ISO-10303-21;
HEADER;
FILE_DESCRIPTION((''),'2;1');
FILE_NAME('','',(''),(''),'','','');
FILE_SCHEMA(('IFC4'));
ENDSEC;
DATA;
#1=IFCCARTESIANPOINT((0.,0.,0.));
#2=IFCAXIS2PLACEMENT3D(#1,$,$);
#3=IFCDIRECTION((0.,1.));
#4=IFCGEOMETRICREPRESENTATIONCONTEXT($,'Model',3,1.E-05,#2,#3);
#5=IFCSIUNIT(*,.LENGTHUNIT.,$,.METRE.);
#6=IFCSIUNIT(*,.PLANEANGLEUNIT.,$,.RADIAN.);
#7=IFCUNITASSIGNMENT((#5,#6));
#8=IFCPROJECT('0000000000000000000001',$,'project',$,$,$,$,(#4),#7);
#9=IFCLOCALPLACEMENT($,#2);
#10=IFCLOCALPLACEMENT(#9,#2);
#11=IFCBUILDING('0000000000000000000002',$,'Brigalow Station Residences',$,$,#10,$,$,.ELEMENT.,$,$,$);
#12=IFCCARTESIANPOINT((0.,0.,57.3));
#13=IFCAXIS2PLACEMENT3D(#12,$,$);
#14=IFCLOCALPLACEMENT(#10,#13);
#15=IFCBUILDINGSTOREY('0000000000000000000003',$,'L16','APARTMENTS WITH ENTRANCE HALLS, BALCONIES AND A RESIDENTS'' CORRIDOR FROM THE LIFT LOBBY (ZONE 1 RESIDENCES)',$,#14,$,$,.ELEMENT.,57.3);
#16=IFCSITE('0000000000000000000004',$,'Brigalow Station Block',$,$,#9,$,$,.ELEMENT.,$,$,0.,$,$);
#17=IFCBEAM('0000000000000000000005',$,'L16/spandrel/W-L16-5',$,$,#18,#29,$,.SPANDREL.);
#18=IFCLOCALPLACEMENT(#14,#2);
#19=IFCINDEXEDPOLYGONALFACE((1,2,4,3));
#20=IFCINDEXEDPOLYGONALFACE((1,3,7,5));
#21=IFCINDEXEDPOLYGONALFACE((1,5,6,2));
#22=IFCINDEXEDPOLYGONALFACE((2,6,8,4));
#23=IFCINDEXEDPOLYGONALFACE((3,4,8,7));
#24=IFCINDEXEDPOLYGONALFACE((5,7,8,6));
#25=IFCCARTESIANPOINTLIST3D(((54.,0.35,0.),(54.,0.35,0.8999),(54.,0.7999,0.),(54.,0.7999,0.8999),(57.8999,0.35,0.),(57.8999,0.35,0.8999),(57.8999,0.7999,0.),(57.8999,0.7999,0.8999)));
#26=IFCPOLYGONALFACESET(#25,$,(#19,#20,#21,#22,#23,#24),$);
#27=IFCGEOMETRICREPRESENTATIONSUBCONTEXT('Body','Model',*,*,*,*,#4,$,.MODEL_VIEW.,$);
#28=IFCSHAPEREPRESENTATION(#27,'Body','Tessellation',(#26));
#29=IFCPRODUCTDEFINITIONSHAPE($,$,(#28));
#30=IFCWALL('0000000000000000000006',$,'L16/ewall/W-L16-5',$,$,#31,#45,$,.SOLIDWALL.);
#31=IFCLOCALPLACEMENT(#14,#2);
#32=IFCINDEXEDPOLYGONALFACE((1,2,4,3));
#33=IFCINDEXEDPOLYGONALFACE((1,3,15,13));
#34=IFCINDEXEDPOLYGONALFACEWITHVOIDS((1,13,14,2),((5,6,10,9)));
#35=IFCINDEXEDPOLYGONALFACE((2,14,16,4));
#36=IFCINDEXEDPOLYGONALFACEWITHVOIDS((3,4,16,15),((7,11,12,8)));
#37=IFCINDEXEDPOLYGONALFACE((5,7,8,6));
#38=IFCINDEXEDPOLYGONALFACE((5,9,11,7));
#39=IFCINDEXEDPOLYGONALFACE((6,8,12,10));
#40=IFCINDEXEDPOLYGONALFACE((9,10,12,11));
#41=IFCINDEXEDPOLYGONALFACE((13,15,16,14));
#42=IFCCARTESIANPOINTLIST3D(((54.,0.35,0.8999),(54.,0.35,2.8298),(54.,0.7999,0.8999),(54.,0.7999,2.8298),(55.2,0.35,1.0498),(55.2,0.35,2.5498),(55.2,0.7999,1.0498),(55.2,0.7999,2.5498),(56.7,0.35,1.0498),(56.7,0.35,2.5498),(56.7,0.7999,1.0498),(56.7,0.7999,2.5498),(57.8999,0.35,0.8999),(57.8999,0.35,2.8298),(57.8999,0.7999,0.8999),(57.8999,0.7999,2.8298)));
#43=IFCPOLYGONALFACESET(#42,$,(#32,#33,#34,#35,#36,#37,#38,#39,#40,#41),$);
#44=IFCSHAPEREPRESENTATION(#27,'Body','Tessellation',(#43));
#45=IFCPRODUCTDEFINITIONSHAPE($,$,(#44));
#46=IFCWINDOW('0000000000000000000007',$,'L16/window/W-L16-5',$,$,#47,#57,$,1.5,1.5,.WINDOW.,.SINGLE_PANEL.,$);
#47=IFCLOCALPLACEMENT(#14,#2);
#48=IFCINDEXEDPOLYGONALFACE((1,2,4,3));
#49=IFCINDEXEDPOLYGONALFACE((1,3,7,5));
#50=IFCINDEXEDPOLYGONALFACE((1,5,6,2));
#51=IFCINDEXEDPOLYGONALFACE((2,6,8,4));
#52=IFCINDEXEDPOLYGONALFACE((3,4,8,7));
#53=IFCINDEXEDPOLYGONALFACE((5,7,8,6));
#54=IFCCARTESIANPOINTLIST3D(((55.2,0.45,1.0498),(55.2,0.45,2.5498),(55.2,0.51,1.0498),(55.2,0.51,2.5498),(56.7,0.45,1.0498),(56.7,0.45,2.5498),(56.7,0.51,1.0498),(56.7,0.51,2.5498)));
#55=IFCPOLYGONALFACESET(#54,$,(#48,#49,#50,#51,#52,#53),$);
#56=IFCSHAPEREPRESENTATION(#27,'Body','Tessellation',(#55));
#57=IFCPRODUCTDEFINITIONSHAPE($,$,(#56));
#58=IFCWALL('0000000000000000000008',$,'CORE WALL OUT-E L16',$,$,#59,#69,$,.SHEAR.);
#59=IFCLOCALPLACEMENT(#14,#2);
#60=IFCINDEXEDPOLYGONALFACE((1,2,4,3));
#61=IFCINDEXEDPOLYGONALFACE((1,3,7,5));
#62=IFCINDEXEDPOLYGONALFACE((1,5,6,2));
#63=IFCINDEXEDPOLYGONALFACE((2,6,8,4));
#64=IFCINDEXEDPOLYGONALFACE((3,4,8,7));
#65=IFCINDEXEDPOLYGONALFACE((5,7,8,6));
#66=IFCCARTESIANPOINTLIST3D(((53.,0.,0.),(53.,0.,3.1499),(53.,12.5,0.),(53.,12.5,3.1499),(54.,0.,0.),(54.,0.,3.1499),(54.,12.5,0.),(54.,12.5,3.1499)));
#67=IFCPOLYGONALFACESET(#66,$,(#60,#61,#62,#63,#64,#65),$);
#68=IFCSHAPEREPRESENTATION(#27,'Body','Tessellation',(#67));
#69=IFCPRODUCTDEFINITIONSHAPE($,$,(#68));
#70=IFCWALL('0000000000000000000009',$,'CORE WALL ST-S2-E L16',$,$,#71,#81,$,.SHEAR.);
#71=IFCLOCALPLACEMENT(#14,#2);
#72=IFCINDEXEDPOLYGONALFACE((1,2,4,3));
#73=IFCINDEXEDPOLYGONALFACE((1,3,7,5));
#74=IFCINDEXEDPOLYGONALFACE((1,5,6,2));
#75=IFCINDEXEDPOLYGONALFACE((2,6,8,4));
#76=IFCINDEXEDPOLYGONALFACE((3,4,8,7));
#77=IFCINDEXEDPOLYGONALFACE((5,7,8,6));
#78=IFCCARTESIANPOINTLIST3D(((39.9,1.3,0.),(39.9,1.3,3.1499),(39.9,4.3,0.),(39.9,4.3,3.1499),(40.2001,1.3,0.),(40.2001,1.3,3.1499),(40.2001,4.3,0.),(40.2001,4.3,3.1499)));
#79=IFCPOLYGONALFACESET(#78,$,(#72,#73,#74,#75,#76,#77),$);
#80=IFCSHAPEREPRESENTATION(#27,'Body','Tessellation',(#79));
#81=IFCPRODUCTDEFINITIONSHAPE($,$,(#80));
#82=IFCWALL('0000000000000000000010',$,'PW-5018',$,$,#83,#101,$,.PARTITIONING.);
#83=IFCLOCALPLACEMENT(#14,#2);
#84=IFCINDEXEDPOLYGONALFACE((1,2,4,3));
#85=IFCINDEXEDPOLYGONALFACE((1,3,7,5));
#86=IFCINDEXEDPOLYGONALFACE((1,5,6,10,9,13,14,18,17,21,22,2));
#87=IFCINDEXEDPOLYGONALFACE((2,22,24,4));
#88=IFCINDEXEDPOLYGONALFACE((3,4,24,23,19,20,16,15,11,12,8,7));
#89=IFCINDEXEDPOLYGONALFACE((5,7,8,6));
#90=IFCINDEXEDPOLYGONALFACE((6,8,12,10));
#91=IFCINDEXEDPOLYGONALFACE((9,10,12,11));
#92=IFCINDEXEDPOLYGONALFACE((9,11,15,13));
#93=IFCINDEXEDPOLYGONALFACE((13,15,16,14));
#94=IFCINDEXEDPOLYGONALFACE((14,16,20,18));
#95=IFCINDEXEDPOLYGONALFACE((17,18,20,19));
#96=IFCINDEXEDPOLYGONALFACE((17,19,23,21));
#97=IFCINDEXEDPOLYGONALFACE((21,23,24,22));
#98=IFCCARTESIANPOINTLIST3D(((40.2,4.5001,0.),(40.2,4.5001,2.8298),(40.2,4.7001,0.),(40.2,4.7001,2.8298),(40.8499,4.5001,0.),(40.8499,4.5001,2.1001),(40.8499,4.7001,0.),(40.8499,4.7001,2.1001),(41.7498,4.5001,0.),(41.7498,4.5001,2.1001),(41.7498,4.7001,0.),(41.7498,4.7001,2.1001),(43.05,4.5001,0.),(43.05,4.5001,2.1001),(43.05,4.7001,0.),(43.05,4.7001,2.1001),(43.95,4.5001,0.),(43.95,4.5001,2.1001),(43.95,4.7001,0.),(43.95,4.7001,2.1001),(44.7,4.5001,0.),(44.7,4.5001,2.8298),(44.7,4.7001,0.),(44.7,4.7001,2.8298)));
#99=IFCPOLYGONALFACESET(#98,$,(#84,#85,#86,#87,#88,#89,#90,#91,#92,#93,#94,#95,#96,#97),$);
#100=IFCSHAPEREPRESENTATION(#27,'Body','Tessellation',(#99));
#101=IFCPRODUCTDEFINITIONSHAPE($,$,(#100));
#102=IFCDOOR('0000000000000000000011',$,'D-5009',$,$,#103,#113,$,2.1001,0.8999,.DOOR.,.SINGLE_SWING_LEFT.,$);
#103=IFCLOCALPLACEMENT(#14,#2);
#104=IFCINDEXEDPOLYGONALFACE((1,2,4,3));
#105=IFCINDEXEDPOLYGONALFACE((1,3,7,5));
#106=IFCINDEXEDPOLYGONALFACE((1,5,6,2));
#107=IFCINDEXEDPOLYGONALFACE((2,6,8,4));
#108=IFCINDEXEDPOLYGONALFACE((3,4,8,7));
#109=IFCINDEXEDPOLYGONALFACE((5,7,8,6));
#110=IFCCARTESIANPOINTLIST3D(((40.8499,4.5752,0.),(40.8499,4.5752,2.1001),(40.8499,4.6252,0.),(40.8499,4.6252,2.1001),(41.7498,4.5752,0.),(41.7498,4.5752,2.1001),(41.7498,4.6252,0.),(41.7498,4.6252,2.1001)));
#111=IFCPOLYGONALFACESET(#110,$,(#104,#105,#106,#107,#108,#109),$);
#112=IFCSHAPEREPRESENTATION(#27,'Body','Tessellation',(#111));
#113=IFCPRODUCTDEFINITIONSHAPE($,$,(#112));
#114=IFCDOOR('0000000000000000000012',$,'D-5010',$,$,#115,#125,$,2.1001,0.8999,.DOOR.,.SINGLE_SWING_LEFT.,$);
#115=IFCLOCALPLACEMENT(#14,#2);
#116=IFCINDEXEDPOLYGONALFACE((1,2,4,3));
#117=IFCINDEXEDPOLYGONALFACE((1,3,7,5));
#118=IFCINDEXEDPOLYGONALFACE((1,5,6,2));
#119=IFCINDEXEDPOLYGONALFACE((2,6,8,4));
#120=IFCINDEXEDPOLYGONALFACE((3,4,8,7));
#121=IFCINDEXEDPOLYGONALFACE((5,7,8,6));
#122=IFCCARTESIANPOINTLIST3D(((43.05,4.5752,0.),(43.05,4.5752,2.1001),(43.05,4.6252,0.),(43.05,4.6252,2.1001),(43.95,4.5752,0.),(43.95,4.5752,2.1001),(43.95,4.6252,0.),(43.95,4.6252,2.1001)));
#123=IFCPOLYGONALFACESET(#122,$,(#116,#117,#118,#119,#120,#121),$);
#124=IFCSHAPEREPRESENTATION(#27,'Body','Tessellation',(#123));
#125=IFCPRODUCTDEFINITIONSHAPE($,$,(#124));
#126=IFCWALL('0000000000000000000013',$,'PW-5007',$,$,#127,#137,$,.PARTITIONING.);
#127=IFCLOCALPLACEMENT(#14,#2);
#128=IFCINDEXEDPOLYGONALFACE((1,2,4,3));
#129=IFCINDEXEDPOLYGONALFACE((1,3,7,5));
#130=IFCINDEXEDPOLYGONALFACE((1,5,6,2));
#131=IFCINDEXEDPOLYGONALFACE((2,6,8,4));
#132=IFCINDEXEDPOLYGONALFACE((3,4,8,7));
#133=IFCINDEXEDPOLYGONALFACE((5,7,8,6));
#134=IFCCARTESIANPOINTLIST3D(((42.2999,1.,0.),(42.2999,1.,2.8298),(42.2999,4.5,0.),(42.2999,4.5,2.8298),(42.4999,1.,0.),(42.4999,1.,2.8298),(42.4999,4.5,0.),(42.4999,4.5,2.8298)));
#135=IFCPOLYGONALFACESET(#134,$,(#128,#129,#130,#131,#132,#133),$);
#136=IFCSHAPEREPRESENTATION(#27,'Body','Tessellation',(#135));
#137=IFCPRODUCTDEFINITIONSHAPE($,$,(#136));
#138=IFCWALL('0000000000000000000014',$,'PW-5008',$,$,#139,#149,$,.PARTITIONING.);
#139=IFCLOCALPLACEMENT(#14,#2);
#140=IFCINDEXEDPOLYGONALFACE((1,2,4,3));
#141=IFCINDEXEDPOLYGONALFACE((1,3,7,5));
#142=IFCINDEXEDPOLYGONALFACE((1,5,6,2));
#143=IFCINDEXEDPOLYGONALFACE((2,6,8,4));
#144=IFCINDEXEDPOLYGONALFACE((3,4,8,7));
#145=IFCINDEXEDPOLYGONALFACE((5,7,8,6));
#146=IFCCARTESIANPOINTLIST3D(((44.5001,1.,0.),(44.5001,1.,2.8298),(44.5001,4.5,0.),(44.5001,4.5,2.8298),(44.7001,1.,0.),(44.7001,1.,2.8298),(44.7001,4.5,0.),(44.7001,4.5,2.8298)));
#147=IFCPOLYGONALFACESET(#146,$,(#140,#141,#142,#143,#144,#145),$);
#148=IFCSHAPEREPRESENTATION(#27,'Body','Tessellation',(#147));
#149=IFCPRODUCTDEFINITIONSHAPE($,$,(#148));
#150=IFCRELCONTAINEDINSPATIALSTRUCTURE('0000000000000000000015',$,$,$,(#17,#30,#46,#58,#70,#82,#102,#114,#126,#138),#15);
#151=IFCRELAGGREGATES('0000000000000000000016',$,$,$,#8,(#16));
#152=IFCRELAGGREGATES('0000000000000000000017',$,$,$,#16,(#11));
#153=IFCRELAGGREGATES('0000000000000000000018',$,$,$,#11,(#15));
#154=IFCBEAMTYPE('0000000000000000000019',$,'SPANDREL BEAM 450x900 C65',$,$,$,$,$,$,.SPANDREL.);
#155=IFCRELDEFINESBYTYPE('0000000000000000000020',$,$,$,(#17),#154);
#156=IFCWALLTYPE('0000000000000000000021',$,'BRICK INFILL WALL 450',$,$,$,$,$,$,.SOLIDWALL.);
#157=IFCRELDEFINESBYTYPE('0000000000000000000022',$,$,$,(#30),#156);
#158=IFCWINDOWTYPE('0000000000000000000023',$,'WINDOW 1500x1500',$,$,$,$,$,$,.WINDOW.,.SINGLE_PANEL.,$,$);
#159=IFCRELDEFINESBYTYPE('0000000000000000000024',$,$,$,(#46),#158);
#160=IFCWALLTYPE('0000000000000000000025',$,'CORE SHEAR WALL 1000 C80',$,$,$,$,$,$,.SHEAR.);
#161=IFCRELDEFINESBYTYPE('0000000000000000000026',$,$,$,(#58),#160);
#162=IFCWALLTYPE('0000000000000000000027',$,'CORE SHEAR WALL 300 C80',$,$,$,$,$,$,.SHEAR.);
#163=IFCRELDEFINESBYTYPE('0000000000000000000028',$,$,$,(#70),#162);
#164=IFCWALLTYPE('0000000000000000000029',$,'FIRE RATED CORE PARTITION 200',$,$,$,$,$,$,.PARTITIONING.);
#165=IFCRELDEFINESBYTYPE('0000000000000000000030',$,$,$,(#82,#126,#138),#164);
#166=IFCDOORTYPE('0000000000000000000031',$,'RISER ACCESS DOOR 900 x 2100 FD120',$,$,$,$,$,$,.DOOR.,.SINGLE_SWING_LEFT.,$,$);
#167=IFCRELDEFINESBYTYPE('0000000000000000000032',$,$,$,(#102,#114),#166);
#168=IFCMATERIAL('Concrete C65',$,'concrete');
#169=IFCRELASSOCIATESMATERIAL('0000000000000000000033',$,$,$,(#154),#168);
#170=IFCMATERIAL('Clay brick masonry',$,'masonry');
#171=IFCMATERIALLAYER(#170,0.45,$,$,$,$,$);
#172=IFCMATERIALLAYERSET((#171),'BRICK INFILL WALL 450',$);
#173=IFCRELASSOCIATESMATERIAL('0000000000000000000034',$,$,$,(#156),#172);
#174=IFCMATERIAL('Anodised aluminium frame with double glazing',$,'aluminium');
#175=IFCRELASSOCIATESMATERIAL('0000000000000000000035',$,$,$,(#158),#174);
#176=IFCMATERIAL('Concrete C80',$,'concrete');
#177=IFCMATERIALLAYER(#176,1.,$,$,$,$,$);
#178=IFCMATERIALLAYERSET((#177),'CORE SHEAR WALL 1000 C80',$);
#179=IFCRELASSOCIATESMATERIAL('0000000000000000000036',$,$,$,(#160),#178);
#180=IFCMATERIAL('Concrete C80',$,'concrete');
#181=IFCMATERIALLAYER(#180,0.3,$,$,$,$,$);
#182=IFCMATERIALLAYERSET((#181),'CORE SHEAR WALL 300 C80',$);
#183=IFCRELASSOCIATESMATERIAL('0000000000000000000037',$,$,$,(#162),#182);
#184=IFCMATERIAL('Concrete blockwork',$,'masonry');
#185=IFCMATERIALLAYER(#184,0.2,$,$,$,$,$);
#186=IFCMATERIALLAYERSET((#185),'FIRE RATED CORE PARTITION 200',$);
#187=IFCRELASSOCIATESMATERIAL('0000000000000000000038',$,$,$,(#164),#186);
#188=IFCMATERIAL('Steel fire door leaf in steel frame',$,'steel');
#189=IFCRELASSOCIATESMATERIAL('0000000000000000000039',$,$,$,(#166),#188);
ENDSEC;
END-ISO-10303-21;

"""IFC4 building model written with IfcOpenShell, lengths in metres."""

from ifc_helpers import new_model, si_unit, direction, frame, frame_2d, origin, origin_2d, place, context, subcontext, project, spatial, rectangle, extrude, material, layer, layer_set, material_profile, profile_set, type_object, element, fill, save


model = new_model("IFC4")

# Units and contexts
model_context = context("Model", 3, precision=1e-05, world=origin(), true_north=direction((0.0, 1.0)))
body_context = subcontext(model_context, "Body", "Model", "MODEL_VIEW")
ifc_project = project(units=[si_unit("LENGTHUNIT", "METRE"), si_unit("PLANEANGLEUNIT", "RADIAN")], contexts=[model_context])

# Site, building, storey
site_placement = place(None, origin())
site = spatial("IfcSite", under=ifc_project, at=site_placement, Name="Brigalow Station Block", CompositionType="ELEMENT", RefElevation=0.0)
building_placement = place(site_placement, origin())
building = spatial("IfcBuilding", under=site, at=building_placement, Name="Brigalow Station Residences", CompositionType="ELEMENT")
storey_placement = place(building_placement, frame((0.0, 0.0, 57.3)))
storey = spatial("IfcBuildingStorey", under=building, at=storey_placement, Name="L16", Description="APARTMENTS WITH ENTRANCE HALLS, BALCONIES AND A RESIDENTS' CORRIDOR FROM THE LIFT LOBBY (ZONE 1 RESIDENCES)", CompositionType="ELEMENT", Elevation=57.3)

# Beam
ifc_material_1 = material(Name="Concrete C65", Category="concrete")
ifc_material_profile = material_profile(ifc_material_1, rectangle(XDim=0.45, YDim=0.8999, at=origin_2d()), Name="RC450x900")
ifc_profile_set = profile_set([ifc_material_profile], Name="Concrete C65")
beam_type = type_object("IfcBeamType", Name="SPANDREL BEAM 450x900 C65", PredefinedType="SPANDREL", material=ifc_profile_set)
beam_placement = place(storey_placement, frame((54.0, 0.575, 0.45), z_axis=(1.0, 0.0, 0.0), x_axis=(0.0, 1.0, 0.0)))
element("IfcBeam", 1, at=beam_placement, inside=storey, type_object=beam_type, Name="L16/spandrel/W-L16-5", PredefinedType="SPANDREL", context=body_context, shape_type="SweptSolid", body=[
    extrude(rectangle(XDim=0.45, YDim=0.8999, at=origin_2d()), origin(), (0.0, 0.0, 1.0), 3.8999),
])

# Wall, opening, window
ifc_material_2 = material(Name="Clay brick masonry", Category="masonry")
ifc_layer_1 = layer(ifc_material_2, 0.45)
ifc_layer_set_1 = layer_set([ifc_layer_1], Name="BRICK INFILL WALL 450")
wall_type_1 = type_object("IfcWallType", Name="BRICK INFILL WALL 450", PredefinedType="SOLIDWALL", material=ifc_layer_set_1)
wall_1_placement = place(storey_placement, frame((54.0, 0.575, 0.8999), z_axis=(0.0, 0.0, 1.0), x_axis=(1.0, 0.0, 0.0)))
wall_1 = element("IfcWall", 2, at=wall_1_placement, inside=storey, type_object=wall_type_1, Name="L16/ewall/W-L16-5", PredefinedType="SOLIDWALL", context=body_context, shape_type="SweptSolid", body=[
    extrude(rectangle(XDim=3.8999, YDim=0.45, at=frame_2d((1.95, 0.0))), origin(), (0.0, 0.0, 1.0), 1.9299),
])
opening_1_placement = place(wall_1_placement, frame((1.2, 0.0, 0.1499)))
opening_1 = element("IfcOpeningElement", 3, at=opening_1_placement, cuts=wall_1, PredefinedType="OPENING", context=body_context, shape_type="SweptSolid", body=[
    extrude(rectangle(XDim=1.5, YDim=1.5, at=frame_2d((0.75, 0.75))), frame((0.0, 0.2349, 0.0), z_axis=(0.0, -1.0, 0.0), x_axis=(1.0, 0.0, 0.0)), (0.0, 0.0, 1.0), 0.47),
])
ifc_material_3 = material(Name="Anodised aluminium frame with double glazing", Category="aluminium")
window_type = type_object("IfcWindowType", Name="WINDOW 1500x1500", PartitioningType="SINGLE_PANEL", PredefinedType="WINDOW", material=ifc_material_3)
window_placement = place(opening_1_placement, origin())
window = element("IfcWindow", 4, at=window_placement, inside=storey, type_object=window_type, Name="L16/window/W-L16-5", OverallHeight=1.5, OverallWidth=1.5, PartitioningType="SINGLE_PANEL", PredefinedType="WINDOW", context=body_context, shape_type="SweptSolid", body=[
    extrude(rectangle(XDim=1.5, YDim=1.5, at=frame_2d((0.75, 0.75))), frame((0.0, -0.0649, 0.0), z_axis=(0.0, -1.0, 0.0), x_axis=(1.0, 0.0, 0.0)), (0.0, 0.0, 1.0), 0.0601),
])
fill(opening_1, window)

# Walls
ifc_material_4 = material(Name="Concrete C80", Category="concrete")
ifc_layer_2 = layer(ifc_material_4, 1.0)
ifc_layer_set_2 = layer_set([ifc_layer_2], Name="CORE SHEAR WALL 1000 C80")
wall_type_2 = type_object("IfcWallType", Name="CORE SHEAR WALL 1000 C80", PredefinedType="SHEAR", material=ifc_layer_set_2)
wall_2_placement = place(storey_placement, frame((53.5, 0.0, 0.0), z_axis=(0.0, 0.0, 1.0), x_axis=(0.0, 1.0, 0.0)))
element("IfcWall", 5, at=wall_2_placement, inside=storey, type_object=wall_type_2, Name="CORE WALL OUT-E L16", PredefinedType="SHEAR", context=body_context, shape_type="SweptSolid", body=[
    extrude(rectangle(XDim=12.5, YDim=1.0, at=frame_2d((6.25, 0.0))), origin(), (0.0, 0.0, 1.0), 3.1499),
])
ifc_material_5 = material(Name="Concrete C80", Category="concrete")
ifc_layer_3 = layer(ifc_material_5, 0.3)
ifc_layer_set_3 = layer_set([ifc_layer_3], Name="CORE SHEAR WALL 300 C80")
wall_type_3 = type_object("IfcWallType", Name="CORE SHEAR WALL 300 C80", PredefinedType="SHEAR", material=ifc_layer_set_3)
wall_3_placement = place(storey_placement, frame((40.05, 1.3, 0.0), z_axis=(0.0, 0.0, 1.0), x_axis=(0.0, 1.0, 0.0)))
element("IfcWall", 6, at=wall_3_placement, inside=storey, type_object=wall_type_3, Name="CORE WALL ST-S2-E L16", PredefinedType="SHEAR", context=body_context, shape_type="SweptSolid", body=[
    extrude(rectangle(XDim=3.0, YDim=0.3, at=frame_2d((1.5, 0.0))), origin(), (0.0, 0.0, 1.0), 3.1499),
])

# Wall, openings, doors
ifc_material_6 = material(Name="Concrete blockwork", Category="masonry")
ifc_layer_4 = layer(ifc_material_6, 0.2)
ifc_layer_set_4 = layer_set([ifc_layer_4], Name="FIRE RATED CORE PARTITION 200")
wall_type_4 = type_object("IfcWallType", Name="FIRE RATED CORE PARTITION 200", PredefinedType="PARTITIONING", material=ifc_layer_set_4)
wall_4_placement = place(storey_placement, frame((40.2, 4.6001, 0.0), z_axis=(0.0, 0.0, 1.0), x_axis=(1.0, 0.0, 0.0)))
wall_4 = element("IfcWall", 7, at=wall_4_placement, inside=storey, type_object=wall_type_4, Name="PW-5018", PredefinedType="PARTITIONING", context=body_context, shape_type="SweptSolid", body=[
    extrude(rectangle(XDim=4.5, YDim=0.2, at=frame_2d((2.25, 0.0))), origin(), (0.0, 0.0, 1.0), 2.8298),
])
opening_2_placement = place(wall_4_placement, frame((0.6499, 0.0, 0.0)))
opening_2 = element("IfcOpeningElement", 8, at=opening_2_placement, cuts=wall_4, PredefinedType="OPENING", context=body_context, shape_type="SweptSolid", body=[
    extrude(rectangle(XDim=0.8999, YDim=2.1001, at=frame_2d((0.45, 1.05))), frame((0.0, 0.1099, 0.0), z_axis=(0.0, -1.0, 0.0), x_axis=(1.0, 0.0, 0.0)), (0.0, 0.0, 1.0), 0.22),
])
opening_3_placement = place(wall_4_placement, frame((2.8501, 0.0, 0.0)))
opening_3 = element("IfcOpeningElement", 9, at=opening_3_placement, cuts=wall_4, PredefinedType="OPENING", context=body_context, shape_type="SweptSolid", body=[
    extrude(rectangle(XDim=0.8999, YDim=2.1001, at=frame_2d((0.45, 1.05))), frame((0.0, 0.1099, 0.0), z_axis=(0.0, -1.0, 0.0), x_axis=(1.0, 0.0, 0.0)), (0.0, 0.0, 1.0), 0.22),
])
ifc_material_7 = material(Name="Steel fire door leaf in steel frame", Category="steel")
door_type_1 = type_object("IfcDoorType", Name="RISER ACCESS DOOR 900 x 2100 FD120", OperationType="SINGLE_SWING_LEFT", PredefinedType="DOOR", material=ifc_material_7)
door_1_placement = place(opening_2_placement, frame((0.8999, 0.0, 0.0), z_axis=(0.0, 0.0, 1.0), x_axis=(-1.0, 0.0, 0.0)))
door_1 = element("IfcDoor", 10, at=door_1_placement, inside=storey, type_object=door_type_1, Name="D-5009", OperationType="SINGLE_SWING_LEFT", OverallHeight=2.1001, OverallWidth=0.8999, PredefinedType="DOOR", context=body_context, shape_type="SweptSolid", body=[
    extrude(rectangle(XDim=0.8999, YDim=2.1001, at=frame_2d((0.45, 1.05))), frame((0.0, 0.0249, 0.0), z_axis=(0.0, -1.0, 0.0), x_axis=(1.0, 0.0, 0.0)), (0.0, 0.0, 1.0), 0.05),
])
fill(opening_2, door_1)
door_2_placement = place(opening_3_placement, frame((0.8999, 0.0, 0.0), z_axis=(0.0, 0.0, 1.0), x_axis=(-1.0, 0.0, 0.0)))
door_2 = element("IfcDoor", 11, at=door_2_placement, inside=storey, type_object=door_type_1, Name="D-5010", OperationType="SINGLE_SWING_LEFT", OverallHeight=2.1001, OverallWidth=0.8999, PredefinedType="DOOR", context=body_context, shape_type="SweptSolid", body=[
    extrude(rectangle(XDim=0.8999, YDim=2.1001, at=frame_2d((0.45, 1.05))), frame((0.0, 0.0249, 0.0), z_axis=(0.0, -1.0, 0.0), x_axis=(1.0, 0.0, 0.0)), (0.0, 0.0, 1.0), 0.05),
])
fill(opening_3, door_2)

# Walls
for number, where, z_axis, x_axis, name in (
    (12, (42.3999, 1.0, 0.0), (0.0, 0.0, 1.0), (0.0, 1.0, 0.0), "PW-5007"),
    (13, (44.6001, 1.0, 0.0), (0.0, 0.0, 1.0), (0.0, 1.0, 0.0), "PW-5008"),
):
    element("IfcWall", number, at=place(storey_placement, frame(where, z_axis=z_axis, x_axis=x_axis)), inside=storey, type_object=wall_type_4, Name=name, PredefinedType="PARTITIONING", context=body_context, shape_type="SweptSolid", body=[
        extrude(rectangle(XDim=3.5, YDim=0.2, at=frame_2d((1.75, 0.0))), origin(), (0.0, 0.0, 1.0), 2.8298),
    ])

save(model, "model.ifc")
